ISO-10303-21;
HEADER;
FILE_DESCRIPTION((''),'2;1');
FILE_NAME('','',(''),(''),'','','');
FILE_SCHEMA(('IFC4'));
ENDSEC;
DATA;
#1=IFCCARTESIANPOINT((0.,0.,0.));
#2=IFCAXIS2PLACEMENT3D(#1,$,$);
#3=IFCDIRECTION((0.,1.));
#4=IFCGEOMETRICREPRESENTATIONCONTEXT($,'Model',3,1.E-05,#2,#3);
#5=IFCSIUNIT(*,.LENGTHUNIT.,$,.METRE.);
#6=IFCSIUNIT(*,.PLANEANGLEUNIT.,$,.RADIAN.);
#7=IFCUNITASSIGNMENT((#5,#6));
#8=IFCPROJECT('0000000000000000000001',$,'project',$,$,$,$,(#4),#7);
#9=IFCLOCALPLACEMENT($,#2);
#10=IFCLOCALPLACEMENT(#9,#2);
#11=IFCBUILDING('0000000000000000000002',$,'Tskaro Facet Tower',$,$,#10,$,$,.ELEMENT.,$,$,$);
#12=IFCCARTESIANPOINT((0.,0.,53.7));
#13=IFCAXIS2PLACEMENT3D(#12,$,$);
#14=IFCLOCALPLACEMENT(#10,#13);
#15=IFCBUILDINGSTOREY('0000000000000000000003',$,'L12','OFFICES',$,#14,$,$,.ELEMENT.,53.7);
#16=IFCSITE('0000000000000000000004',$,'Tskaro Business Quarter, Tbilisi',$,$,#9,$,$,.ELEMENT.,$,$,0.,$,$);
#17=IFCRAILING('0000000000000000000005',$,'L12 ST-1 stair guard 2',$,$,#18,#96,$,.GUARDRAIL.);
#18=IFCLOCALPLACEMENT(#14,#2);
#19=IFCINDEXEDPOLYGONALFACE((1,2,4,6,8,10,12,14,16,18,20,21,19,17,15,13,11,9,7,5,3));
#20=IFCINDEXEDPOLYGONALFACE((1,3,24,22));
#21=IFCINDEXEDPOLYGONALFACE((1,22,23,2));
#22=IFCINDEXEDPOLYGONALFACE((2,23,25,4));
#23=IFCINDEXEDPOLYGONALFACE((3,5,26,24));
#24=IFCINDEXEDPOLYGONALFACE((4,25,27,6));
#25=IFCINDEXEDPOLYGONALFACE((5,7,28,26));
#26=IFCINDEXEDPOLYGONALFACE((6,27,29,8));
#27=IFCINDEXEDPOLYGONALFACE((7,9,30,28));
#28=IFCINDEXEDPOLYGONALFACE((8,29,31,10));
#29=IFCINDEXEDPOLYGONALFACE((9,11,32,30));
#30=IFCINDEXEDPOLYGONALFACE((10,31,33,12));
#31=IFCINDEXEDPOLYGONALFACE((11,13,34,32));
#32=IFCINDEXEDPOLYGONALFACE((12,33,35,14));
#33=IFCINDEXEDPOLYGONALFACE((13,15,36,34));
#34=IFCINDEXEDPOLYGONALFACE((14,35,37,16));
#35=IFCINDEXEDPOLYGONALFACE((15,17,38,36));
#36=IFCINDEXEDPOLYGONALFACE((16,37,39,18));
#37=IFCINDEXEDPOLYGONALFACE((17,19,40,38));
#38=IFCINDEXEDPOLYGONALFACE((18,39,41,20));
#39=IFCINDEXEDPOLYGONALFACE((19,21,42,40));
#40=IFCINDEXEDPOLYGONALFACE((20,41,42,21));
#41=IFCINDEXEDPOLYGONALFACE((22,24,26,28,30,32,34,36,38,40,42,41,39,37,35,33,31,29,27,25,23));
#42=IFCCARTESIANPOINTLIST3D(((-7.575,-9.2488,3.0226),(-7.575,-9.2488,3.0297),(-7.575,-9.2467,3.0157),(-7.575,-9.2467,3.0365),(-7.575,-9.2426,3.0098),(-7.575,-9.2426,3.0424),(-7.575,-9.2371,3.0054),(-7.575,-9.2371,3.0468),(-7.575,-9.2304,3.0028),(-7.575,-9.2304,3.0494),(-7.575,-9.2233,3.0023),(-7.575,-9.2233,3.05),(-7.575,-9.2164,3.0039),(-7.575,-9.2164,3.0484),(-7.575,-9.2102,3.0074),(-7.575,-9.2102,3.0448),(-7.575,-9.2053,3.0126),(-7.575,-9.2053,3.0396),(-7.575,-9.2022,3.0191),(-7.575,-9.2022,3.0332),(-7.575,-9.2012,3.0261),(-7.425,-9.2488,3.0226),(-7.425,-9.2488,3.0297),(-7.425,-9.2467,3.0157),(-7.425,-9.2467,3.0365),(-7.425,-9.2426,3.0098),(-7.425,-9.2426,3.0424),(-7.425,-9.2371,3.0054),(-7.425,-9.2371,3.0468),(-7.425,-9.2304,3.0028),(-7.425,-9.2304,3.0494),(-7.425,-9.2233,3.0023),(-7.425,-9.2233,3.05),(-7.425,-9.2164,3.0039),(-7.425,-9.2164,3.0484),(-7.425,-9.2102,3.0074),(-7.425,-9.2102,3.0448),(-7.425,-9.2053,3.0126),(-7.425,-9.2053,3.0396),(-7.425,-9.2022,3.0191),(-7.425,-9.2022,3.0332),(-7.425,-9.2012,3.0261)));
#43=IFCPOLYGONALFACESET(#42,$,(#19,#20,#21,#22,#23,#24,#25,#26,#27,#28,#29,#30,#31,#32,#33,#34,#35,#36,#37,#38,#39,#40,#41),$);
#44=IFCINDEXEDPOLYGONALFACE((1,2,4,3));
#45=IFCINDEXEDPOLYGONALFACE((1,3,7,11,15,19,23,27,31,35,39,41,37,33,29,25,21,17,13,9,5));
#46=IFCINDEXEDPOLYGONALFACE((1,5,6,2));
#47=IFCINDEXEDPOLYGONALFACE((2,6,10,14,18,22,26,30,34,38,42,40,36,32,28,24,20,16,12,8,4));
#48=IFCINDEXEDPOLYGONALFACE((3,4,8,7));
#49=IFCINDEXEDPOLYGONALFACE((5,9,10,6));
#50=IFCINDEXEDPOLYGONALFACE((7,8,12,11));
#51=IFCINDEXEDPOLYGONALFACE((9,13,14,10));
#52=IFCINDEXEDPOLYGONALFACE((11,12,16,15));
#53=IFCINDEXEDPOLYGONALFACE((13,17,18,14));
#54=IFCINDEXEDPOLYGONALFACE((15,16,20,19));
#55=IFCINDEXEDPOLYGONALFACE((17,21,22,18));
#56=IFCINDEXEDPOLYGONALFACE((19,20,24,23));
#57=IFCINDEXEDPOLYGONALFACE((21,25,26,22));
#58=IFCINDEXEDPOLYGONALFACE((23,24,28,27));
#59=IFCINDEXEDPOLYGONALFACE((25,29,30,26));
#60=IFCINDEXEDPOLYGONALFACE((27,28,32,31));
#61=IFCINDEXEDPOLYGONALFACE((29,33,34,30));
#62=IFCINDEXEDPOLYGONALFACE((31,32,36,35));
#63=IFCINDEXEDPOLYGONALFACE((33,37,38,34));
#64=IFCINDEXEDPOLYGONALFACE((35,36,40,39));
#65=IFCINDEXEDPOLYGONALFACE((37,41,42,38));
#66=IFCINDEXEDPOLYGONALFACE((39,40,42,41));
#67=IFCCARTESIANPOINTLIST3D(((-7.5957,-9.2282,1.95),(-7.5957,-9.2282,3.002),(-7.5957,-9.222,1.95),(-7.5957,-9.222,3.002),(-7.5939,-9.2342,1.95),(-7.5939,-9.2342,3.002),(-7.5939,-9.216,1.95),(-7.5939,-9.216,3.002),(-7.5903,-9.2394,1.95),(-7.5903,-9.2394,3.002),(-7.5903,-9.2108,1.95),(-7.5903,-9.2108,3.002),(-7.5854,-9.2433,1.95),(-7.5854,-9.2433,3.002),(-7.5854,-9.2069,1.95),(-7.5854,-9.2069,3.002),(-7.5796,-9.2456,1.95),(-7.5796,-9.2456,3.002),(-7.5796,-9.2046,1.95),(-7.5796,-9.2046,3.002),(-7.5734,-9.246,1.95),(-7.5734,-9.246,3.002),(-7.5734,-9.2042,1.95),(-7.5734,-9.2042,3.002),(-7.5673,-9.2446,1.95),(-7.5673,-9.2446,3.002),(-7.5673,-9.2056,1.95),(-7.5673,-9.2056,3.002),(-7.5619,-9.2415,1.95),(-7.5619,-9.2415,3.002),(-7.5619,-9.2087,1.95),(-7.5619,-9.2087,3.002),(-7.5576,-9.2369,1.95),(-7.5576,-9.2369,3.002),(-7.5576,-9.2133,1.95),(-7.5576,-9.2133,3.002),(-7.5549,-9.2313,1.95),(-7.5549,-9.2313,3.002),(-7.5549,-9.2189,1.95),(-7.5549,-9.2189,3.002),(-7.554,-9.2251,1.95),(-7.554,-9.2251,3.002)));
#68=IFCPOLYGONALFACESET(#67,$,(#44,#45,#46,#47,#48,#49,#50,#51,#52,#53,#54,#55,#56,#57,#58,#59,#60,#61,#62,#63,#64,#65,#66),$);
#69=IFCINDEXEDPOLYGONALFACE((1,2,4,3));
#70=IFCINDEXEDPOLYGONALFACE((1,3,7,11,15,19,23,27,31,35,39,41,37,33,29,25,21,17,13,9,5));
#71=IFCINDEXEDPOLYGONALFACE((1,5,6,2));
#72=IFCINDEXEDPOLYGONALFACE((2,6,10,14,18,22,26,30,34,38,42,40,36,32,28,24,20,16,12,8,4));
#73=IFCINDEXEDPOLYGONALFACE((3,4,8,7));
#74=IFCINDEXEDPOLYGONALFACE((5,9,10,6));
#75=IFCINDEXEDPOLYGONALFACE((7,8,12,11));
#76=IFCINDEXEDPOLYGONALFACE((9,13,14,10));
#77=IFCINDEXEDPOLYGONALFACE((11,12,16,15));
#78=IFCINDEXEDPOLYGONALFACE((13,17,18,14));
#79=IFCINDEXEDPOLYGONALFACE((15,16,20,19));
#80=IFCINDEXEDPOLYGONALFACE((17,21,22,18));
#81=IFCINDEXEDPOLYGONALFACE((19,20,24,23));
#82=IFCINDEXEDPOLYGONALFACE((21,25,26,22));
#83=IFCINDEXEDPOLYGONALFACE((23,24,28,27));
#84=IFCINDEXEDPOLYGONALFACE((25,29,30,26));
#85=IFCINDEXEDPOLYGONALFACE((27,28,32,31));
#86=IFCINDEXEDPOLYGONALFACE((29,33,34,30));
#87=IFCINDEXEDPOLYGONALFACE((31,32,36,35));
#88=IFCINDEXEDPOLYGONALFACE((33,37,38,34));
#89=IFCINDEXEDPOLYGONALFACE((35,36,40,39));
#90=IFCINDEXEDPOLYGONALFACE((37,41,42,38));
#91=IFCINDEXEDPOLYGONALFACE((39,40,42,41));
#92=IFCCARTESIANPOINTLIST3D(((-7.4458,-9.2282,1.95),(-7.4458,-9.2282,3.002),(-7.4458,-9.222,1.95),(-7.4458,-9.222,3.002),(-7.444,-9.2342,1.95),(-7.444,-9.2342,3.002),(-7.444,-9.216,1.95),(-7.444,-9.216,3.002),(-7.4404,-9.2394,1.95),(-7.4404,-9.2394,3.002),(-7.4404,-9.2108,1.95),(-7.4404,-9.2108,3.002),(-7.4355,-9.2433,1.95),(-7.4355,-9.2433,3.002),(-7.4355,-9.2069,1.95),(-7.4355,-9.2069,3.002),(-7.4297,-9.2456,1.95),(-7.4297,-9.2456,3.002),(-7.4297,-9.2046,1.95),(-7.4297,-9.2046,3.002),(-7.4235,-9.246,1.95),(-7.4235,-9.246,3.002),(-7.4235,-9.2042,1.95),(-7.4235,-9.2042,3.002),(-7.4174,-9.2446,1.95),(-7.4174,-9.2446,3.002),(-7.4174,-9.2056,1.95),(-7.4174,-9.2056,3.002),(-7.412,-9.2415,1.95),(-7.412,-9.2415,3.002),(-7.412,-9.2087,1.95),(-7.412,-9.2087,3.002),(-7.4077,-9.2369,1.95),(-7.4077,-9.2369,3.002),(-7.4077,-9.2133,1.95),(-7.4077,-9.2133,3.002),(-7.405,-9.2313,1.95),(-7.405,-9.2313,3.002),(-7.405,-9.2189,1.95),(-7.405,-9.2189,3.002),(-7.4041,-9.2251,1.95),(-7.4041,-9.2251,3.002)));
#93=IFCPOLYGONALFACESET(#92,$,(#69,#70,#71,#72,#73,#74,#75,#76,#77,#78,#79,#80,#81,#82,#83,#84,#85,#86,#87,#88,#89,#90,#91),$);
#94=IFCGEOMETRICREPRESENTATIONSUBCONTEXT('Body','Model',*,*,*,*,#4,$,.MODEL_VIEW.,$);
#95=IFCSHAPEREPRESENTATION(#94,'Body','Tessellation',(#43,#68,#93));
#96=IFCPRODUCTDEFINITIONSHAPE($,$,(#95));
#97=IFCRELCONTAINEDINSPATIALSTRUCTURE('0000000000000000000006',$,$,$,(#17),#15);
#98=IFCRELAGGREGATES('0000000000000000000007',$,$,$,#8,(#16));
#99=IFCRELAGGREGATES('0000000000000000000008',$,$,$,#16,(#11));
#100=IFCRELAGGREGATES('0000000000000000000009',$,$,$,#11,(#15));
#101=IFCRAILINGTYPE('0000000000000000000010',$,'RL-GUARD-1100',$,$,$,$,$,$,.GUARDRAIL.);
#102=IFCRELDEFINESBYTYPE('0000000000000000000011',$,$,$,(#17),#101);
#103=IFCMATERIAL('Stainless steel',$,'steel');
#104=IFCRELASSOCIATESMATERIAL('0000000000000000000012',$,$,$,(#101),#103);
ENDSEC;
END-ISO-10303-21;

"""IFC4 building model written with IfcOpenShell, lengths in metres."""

from ifc_helpers import new_model, si_unit, direction, frame, origin, origin_2d, place, context, subcontext, project, spatial, circle, extrude, material, type_object, element, save


model = new_model("IFC4")

# Units and contexts
model_context = context("Model", 3, precision=1e-05, world=origin(), true_north=direction((0.0, 1.0)))
body_context = subcontext(model_context, "Body", "Model", "MODEL_VIEW")
ifc_project = project(units=[si_unit("LENGTHUNIT", "METRE"), si_unit("PLANEANGLEUNIT", "RADIAN")], contexts=[model_context])

# Site, building, storey
site_placement = place(None, origin())
site = spatial("IfcSite", under=ifc_project, at=site_placement, Name="Tskaro Business Quarter, Tbilisi", CompositionType="ELEMENT", RefElevation=0.0)
building_placement = place(site_placement, origin())
building = spatial("IfcBuilding", under=site, at=building_placement, Name="Tskaro Facet Tower", CompositionType="ELEMENT")
storey_placement = place(building_placement, frame((0.0, 0.0, 53.7)))
storey = spatial("IfcBuildingStorey", under=building, at=storey_placement, Name="L12", Description="OFFICES", CompositionType="ELEMENT", Elevation=53.7)

# Shared definitions
ifc_material_1 = material(Name="Stainless steel", Category="steel")

# Railing
railing_type_1 = type_object("IfcRailingType", Name="RL-GUARD-1100", PredefinedType="GUARDRAIL", material=ifc_material_1)
railing_1_placement = place(storey_placement, frame((-7.575, -9.2251, 1.95)))
element("IfcRailing", 1, at=railing_1_placement, inside=storey, type_object=railing_type_1, Name="L12 ST-1 stair guard 2", PredefinedType="GUARDRAIL", context=body_context, shape_type="SweptSolid", body=[
    extrude(circle(Radius=0.0239, at=origin_2d()), frame((0.0, 0.0, 1.0762), z_axis=(1.0, 0.0, 0.0), x_axis=(0.0, 1.0, 0.0)), (0.0, 0.0, 1.0), 0.1499),
    extrude(circle(Radius=0.021, at=origin_2d()), origin(), (0.0, 0.0, 1.0), 1.052),
    extrude(circle(Radius=0.021, at=origin_2d()), frame((0.1499, 0.0, 0.0)), (0.0, 0.0, 1.0), 1.052),
])

save(model, "model.ifc")
